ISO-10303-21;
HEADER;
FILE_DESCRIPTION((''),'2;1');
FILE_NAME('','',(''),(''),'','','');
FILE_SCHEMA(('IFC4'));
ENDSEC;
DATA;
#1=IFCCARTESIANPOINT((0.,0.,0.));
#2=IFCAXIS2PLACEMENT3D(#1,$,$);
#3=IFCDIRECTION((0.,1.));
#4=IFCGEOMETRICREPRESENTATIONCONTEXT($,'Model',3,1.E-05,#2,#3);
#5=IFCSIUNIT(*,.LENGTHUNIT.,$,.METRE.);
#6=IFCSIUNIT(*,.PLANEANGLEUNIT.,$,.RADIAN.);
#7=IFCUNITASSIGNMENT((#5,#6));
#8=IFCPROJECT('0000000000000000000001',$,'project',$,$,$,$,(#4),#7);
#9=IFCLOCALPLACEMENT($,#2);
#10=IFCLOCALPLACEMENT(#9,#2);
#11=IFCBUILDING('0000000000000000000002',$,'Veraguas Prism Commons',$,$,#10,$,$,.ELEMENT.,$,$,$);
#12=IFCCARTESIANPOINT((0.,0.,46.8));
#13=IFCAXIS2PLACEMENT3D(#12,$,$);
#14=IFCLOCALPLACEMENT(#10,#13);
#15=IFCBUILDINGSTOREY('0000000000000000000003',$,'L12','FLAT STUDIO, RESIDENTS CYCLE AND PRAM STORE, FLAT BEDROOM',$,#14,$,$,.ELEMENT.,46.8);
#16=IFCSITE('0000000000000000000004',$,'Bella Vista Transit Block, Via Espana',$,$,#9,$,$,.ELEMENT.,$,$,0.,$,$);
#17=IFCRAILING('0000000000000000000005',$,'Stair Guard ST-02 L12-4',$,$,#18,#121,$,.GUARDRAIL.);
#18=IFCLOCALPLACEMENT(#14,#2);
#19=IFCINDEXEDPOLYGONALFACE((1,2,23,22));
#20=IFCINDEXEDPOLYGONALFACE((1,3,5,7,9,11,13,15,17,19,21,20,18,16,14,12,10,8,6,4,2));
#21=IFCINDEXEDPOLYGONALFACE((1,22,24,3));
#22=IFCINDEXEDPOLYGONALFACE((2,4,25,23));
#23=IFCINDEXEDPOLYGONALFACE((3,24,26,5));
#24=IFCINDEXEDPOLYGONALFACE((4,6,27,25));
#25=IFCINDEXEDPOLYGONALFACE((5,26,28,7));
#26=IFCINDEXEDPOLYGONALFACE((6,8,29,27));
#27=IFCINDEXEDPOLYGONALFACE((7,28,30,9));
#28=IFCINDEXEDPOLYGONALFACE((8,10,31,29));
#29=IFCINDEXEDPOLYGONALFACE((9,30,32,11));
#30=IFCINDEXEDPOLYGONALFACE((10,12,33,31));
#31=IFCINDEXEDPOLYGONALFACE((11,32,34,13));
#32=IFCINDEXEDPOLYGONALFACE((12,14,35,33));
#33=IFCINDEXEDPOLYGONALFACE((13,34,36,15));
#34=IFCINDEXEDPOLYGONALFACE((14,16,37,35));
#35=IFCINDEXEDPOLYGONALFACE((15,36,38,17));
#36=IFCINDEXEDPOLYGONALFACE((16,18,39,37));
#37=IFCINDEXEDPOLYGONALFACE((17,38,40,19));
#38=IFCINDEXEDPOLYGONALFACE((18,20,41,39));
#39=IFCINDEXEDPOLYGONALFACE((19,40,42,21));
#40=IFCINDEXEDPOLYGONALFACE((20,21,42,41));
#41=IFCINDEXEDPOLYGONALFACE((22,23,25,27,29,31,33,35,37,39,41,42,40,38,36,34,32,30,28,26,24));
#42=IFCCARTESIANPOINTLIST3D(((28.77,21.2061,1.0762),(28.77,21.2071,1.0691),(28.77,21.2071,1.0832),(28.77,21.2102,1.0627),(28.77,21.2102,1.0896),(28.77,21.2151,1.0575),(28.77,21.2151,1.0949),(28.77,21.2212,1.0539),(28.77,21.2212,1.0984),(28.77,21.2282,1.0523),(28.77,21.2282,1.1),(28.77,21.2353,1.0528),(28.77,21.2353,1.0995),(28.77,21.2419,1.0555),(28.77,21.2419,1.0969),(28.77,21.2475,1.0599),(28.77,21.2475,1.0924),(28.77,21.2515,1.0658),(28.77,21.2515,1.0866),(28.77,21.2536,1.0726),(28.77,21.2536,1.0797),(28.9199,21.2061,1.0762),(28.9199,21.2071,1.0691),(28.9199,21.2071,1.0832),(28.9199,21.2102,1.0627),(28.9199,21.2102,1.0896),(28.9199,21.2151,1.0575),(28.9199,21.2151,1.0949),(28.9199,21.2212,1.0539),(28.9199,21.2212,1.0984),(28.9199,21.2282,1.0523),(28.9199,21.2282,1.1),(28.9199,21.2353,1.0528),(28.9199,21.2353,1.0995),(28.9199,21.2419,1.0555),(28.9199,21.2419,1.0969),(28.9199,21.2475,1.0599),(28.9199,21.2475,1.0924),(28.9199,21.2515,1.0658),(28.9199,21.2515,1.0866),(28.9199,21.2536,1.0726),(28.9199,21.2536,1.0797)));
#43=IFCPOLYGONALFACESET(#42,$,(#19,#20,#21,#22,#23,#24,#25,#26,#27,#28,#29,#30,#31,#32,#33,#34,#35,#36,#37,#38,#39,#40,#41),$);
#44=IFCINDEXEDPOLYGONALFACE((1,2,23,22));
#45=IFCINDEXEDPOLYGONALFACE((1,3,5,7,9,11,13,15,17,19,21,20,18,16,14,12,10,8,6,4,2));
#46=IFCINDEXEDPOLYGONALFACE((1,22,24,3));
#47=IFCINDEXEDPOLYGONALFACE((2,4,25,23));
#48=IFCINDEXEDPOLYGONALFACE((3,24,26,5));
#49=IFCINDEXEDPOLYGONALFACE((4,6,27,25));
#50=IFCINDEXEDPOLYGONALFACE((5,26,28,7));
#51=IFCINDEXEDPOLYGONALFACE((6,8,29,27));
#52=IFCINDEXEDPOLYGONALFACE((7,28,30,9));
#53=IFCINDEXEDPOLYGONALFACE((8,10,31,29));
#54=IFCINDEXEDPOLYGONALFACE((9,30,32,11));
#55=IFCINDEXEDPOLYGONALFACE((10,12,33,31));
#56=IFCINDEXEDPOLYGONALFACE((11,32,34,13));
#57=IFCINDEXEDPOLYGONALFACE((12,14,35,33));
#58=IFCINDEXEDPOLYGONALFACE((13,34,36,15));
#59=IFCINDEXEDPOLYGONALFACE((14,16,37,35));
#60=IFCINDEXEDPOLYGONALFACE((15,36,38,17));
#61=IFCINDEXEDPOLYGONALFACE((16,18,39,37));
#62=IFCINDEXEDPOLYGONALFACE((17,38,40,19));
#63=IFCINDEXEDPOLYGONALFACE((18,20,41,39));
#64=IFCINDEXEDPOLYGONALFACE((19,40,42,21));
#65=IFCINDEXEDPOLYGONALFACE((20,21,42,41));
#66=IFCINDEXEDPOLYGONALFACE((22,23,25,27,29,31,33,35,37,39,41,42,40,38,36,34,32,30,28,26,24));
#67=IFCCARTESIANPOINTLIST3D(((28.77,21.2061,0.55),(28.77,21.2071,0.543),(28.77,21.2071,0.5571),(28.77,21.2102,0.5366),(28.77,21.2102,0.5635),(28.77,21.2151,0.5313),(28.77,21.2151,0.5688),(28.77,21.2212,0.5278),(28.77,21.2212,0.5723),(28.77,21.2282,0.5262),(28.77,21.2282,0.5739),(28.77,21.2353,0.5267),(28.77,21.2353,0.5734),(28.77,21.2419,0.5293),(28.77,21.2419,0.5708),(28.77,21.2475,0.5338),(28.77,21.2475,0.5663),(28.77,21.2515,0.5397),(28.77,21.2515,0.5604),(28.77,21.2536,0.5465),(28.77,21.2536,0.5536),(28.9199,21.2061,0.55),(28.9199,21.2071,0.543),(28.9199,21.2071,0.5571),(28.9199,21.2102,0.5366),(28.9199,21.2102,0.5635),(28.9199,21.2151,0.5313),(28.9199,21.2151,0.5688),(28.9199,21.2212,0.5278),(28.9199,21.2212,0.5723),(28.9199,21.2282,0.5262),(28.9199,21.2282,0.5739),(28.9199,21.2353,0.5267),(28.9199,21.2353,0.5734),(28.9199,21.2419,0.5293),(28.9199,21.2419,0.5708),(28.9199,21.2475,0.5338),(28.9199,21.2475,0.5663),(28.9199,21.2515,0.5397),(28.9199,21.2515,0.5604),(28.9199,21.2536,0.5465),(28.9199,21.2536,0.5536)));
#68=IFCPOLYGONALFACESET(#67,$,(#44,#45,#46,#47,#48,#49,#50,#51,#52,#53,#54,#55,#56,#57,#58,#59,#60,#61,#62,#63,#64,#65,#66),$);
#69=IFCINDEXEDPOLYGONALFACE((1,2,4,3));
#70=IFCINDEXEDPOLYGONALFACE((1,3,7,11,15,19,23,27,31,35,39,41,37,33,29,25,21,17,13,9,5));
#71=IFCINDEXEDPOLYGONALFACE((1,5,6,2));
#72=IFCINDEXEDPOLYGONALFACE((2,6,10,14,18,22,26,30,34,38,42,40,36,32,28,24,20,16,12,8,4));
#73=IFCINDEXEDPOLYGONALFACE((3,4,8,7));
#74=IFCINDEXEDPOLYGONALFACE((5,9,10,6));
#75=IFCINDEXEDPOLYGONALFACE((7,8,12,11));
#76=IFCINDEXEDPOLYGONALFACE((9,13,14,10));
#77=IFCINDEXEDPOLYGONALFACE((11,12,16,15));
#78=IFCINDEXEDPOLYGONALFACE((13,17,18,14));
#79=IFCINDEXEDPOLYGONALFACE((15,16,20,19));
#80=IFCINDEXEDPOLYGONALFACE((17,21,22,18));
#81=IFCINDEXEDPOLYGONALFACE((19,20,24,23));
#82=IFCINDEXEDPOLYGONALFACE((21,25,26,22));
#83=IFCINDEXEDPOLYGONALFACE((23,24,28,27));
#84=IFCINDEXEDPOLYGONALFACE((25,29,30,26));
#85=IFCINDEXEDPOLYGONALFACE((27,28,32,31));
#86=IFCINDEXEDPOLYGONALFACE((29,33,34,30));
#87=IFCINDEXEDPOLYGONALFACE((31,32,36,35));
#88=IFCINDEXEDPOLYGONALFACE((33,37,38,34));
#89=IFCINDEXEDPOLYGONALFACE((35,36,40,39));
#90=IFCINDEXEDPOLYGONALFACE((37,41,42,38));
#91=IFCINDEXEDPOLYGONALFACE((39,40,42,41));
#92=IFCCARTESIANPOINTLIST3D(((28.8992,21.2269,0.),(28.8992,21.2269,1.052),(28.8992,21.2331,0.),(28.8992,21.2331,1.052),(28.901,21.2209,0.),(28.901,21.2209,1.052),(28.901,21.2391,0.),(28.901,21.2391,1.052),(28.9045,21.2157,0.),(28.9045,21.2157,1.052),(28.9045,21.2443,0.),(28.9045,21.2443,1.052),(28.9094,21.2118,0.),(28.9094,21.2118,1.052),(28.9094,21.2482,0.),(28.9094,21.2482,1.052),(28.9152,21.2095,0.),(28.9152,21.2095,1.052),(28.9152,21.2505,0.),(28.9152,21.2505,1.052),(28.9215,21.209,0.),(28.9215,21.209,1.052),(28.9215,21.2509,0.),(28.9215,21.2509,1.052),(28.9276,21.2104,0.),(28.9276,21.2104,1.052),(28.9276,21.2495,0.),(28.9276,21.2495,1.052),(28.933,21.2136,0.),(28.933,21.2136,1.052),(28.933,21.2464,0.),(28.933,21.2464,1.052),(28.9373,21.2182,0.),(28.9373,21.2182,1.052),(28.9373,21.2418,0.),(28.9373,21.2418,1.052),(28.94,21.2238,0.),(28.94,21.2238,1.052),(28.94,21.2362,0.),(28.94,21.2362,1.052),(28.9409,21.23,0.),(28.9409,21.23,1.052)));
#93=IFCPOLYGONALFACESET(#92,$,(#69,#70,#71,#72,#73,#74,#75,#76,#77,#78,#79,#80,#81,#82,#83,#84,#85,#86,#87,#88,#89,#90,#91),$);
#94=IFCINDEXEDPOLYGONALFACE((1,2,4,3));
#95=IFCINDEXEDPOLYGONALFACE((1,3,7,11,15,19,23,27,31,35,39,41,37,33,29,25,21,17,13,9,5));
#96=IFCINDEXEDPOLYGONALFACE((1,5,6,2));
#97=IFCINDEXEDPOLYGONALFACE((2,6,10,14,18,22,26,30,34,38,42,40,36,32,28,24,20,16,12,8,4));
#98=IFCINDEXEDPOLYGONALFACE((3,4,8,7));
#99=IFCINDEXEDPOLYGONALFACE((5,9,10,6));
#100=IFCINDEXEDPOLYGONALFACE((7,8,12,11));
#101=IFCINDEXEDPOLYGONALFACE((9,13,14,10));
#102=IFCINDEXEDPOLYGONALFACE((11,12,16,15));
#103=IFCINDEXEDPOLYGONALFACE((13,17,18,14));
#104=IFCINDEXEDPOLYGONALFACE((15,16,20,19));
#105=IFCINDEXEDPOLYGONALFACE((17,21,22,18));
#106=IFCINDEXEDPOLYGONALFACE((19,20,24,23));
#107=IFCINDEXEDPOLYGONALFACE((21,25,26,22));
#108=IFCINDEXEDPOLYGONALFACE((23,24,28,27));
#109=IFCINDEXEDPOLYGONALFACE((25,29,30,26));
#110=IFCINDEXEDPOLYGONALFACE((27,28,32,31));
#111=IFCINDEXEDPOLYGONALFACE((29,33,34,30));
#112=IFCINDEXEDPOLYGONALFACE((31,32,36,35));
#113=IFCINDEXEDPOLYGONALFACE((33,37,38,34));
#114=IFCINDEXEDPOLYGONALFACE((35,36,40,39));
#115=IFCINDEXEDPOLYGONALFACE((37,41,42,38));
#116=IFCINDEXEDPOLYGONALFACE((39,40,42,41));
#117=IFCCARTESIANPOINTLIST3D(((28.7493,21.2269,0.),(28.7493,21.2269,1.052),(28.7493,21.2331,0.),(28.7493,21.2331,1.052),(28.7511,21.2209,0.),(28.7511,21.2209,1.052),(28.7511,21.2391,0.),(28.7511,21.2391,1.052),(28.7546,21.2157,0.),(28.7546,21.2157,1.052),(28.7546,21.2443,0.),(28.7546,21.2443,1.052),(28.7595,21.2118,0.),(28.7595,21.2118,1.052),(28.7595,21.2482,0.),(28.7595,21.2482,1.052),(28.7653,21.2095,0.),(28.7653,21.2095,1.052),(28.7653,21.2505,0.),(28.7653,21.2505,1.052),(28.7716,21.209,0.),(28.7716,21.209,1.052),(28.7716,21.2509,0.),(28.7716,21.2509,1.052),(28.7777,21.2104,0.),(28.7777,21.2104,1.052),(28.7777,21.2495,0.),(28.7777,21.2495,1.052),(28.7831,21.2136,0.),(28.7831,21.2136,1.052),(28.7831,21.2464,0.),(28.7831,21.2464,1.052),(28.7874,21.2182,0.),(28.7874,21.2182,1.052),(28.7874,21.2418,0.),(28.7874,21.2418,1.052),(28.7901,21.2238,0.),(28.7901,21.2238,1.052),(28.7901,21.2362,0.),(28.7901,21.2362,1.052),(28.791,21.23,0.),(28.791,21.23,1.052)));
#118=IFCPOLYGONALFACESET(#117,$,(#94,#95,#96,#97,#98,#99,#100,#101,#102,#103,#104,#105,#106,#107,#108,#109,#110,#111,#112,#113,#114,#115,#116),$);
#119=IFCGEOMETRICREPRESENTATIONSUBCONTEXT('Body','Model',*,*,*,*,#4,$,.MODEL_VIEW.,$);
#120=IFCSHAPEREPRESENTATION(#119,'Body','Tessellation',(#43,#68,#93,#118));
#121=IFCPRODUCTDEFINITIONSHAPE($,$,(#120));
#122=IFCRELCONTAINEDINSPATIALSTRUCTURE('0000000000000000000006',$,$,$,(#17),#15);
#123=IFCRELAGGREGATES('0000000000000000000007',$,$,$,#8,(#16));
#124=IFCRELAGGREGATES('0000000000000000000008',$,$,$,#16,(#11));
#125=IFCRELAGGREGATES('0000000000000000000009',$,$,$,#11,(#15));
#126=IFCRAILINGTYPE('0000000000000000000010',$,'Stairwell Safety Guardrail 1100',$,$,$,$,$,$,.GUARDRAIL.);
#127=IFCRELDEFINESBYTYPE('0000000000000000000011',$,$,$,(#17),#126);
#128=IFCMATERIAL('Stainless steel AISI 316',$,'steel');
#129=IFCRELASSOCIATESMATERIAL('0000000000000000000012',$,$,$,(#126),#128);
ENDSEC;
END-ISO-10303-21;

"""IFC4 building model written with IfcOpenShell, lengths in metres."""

from ifc_helpers import new_model, si_unit, direction, frame, origin, origin_2d, place, context, subcontext, project, spatial, circle, extrude, material, type_object, element, save


model = new_model("IFC4")

# Units and contexts
model_context = context("Model", 3, precision=1e-05, world=origin(), true_north=direction((0.0, 1.0)))
body_context = subcontext(model_context, "Body", "Model", "MODEL_VIEW")
ifc_project = project(units=[si_unit("LENGTHUNIT", "METRE"), si_unit("PLANEANGLEUNIT", "RADIAN")], contexts=[model_context])

# Site, building, storey
site_placement = place(None, origin())
site = spatial("IfcSite", under=ifc_project, at=site_placement, Name="Bella Vista Transit Block, Via Espana", CompositionType="ELEMENT", RefElevation=0.0)
building_placement = place(site_placement, origin())
building = spatial("IfcBuilding", under=site, at=building_placement, Name="Veraguas Prism Commons", CompositionType="ELEMENT")
storey_placement = place(building_placement, frame((0.0, 0.0, 46.8)))
storey = spatial("IfcBuildingStorey", under=building, at=storey_placement, Name="L12", Description="FLAT STUDIO, RESIDENTS CYCLE AND PRAM STORE, FLAT BEDROOM", CompositionType="ELEMENT", Elevation=46.8)

# Shared definitions
ifc_material_1 = material(Name="Stainless steel AISI 316", Category="steel")

# Railing
railing_type = type_object("IfcRailingType", Name="Stairwell Safety Guardrail 1100", PredefinedType="GUARDRAIL", material=ifc_material_1)
railing_1_placement = place(storey_placement, frame((28.9199, 21.23, 0.0)))
element("IfcRailing", 1, at=railing_1_placement, inside=storey, type_object=railing_type, Name="Stair Guard ST-02 L12-4", PredefinedType="GUARDRAIL", context=body_context, shape_type="SweptSolid", body=[
    extrude(circle(Radius=0.0239, at=origin_2d()), frame((0.0, 0.0, 1.0762), z_axis=(-1.0, 0.0, 0.0), x_axis=(0.0, -1.0, 0.0)), (0.0, 0.0, 1.0), 0.1499),
    extrude(circle(Radius=0.0239, at=origin_2d()), frame((0.0, 0.0, 0.55), z_axis=(-1.0, 0.0, 0.0), x_axis=(0.0, -1.0, 0.0)), (0.0, 0.0, 1.0), 0.1499),
    extrude(circle(Radius=0.021, at=origin_2d()), origin(), (0.0, 0.0, 1.0), 1.052),
    extrude(circle(Radius=0.021, at=origin_2d()), frame((-0.1499, 0.0, 0.0)), (0.0, 0.0, 1.0), 1.052),
])

save(model, "model.ifc")
